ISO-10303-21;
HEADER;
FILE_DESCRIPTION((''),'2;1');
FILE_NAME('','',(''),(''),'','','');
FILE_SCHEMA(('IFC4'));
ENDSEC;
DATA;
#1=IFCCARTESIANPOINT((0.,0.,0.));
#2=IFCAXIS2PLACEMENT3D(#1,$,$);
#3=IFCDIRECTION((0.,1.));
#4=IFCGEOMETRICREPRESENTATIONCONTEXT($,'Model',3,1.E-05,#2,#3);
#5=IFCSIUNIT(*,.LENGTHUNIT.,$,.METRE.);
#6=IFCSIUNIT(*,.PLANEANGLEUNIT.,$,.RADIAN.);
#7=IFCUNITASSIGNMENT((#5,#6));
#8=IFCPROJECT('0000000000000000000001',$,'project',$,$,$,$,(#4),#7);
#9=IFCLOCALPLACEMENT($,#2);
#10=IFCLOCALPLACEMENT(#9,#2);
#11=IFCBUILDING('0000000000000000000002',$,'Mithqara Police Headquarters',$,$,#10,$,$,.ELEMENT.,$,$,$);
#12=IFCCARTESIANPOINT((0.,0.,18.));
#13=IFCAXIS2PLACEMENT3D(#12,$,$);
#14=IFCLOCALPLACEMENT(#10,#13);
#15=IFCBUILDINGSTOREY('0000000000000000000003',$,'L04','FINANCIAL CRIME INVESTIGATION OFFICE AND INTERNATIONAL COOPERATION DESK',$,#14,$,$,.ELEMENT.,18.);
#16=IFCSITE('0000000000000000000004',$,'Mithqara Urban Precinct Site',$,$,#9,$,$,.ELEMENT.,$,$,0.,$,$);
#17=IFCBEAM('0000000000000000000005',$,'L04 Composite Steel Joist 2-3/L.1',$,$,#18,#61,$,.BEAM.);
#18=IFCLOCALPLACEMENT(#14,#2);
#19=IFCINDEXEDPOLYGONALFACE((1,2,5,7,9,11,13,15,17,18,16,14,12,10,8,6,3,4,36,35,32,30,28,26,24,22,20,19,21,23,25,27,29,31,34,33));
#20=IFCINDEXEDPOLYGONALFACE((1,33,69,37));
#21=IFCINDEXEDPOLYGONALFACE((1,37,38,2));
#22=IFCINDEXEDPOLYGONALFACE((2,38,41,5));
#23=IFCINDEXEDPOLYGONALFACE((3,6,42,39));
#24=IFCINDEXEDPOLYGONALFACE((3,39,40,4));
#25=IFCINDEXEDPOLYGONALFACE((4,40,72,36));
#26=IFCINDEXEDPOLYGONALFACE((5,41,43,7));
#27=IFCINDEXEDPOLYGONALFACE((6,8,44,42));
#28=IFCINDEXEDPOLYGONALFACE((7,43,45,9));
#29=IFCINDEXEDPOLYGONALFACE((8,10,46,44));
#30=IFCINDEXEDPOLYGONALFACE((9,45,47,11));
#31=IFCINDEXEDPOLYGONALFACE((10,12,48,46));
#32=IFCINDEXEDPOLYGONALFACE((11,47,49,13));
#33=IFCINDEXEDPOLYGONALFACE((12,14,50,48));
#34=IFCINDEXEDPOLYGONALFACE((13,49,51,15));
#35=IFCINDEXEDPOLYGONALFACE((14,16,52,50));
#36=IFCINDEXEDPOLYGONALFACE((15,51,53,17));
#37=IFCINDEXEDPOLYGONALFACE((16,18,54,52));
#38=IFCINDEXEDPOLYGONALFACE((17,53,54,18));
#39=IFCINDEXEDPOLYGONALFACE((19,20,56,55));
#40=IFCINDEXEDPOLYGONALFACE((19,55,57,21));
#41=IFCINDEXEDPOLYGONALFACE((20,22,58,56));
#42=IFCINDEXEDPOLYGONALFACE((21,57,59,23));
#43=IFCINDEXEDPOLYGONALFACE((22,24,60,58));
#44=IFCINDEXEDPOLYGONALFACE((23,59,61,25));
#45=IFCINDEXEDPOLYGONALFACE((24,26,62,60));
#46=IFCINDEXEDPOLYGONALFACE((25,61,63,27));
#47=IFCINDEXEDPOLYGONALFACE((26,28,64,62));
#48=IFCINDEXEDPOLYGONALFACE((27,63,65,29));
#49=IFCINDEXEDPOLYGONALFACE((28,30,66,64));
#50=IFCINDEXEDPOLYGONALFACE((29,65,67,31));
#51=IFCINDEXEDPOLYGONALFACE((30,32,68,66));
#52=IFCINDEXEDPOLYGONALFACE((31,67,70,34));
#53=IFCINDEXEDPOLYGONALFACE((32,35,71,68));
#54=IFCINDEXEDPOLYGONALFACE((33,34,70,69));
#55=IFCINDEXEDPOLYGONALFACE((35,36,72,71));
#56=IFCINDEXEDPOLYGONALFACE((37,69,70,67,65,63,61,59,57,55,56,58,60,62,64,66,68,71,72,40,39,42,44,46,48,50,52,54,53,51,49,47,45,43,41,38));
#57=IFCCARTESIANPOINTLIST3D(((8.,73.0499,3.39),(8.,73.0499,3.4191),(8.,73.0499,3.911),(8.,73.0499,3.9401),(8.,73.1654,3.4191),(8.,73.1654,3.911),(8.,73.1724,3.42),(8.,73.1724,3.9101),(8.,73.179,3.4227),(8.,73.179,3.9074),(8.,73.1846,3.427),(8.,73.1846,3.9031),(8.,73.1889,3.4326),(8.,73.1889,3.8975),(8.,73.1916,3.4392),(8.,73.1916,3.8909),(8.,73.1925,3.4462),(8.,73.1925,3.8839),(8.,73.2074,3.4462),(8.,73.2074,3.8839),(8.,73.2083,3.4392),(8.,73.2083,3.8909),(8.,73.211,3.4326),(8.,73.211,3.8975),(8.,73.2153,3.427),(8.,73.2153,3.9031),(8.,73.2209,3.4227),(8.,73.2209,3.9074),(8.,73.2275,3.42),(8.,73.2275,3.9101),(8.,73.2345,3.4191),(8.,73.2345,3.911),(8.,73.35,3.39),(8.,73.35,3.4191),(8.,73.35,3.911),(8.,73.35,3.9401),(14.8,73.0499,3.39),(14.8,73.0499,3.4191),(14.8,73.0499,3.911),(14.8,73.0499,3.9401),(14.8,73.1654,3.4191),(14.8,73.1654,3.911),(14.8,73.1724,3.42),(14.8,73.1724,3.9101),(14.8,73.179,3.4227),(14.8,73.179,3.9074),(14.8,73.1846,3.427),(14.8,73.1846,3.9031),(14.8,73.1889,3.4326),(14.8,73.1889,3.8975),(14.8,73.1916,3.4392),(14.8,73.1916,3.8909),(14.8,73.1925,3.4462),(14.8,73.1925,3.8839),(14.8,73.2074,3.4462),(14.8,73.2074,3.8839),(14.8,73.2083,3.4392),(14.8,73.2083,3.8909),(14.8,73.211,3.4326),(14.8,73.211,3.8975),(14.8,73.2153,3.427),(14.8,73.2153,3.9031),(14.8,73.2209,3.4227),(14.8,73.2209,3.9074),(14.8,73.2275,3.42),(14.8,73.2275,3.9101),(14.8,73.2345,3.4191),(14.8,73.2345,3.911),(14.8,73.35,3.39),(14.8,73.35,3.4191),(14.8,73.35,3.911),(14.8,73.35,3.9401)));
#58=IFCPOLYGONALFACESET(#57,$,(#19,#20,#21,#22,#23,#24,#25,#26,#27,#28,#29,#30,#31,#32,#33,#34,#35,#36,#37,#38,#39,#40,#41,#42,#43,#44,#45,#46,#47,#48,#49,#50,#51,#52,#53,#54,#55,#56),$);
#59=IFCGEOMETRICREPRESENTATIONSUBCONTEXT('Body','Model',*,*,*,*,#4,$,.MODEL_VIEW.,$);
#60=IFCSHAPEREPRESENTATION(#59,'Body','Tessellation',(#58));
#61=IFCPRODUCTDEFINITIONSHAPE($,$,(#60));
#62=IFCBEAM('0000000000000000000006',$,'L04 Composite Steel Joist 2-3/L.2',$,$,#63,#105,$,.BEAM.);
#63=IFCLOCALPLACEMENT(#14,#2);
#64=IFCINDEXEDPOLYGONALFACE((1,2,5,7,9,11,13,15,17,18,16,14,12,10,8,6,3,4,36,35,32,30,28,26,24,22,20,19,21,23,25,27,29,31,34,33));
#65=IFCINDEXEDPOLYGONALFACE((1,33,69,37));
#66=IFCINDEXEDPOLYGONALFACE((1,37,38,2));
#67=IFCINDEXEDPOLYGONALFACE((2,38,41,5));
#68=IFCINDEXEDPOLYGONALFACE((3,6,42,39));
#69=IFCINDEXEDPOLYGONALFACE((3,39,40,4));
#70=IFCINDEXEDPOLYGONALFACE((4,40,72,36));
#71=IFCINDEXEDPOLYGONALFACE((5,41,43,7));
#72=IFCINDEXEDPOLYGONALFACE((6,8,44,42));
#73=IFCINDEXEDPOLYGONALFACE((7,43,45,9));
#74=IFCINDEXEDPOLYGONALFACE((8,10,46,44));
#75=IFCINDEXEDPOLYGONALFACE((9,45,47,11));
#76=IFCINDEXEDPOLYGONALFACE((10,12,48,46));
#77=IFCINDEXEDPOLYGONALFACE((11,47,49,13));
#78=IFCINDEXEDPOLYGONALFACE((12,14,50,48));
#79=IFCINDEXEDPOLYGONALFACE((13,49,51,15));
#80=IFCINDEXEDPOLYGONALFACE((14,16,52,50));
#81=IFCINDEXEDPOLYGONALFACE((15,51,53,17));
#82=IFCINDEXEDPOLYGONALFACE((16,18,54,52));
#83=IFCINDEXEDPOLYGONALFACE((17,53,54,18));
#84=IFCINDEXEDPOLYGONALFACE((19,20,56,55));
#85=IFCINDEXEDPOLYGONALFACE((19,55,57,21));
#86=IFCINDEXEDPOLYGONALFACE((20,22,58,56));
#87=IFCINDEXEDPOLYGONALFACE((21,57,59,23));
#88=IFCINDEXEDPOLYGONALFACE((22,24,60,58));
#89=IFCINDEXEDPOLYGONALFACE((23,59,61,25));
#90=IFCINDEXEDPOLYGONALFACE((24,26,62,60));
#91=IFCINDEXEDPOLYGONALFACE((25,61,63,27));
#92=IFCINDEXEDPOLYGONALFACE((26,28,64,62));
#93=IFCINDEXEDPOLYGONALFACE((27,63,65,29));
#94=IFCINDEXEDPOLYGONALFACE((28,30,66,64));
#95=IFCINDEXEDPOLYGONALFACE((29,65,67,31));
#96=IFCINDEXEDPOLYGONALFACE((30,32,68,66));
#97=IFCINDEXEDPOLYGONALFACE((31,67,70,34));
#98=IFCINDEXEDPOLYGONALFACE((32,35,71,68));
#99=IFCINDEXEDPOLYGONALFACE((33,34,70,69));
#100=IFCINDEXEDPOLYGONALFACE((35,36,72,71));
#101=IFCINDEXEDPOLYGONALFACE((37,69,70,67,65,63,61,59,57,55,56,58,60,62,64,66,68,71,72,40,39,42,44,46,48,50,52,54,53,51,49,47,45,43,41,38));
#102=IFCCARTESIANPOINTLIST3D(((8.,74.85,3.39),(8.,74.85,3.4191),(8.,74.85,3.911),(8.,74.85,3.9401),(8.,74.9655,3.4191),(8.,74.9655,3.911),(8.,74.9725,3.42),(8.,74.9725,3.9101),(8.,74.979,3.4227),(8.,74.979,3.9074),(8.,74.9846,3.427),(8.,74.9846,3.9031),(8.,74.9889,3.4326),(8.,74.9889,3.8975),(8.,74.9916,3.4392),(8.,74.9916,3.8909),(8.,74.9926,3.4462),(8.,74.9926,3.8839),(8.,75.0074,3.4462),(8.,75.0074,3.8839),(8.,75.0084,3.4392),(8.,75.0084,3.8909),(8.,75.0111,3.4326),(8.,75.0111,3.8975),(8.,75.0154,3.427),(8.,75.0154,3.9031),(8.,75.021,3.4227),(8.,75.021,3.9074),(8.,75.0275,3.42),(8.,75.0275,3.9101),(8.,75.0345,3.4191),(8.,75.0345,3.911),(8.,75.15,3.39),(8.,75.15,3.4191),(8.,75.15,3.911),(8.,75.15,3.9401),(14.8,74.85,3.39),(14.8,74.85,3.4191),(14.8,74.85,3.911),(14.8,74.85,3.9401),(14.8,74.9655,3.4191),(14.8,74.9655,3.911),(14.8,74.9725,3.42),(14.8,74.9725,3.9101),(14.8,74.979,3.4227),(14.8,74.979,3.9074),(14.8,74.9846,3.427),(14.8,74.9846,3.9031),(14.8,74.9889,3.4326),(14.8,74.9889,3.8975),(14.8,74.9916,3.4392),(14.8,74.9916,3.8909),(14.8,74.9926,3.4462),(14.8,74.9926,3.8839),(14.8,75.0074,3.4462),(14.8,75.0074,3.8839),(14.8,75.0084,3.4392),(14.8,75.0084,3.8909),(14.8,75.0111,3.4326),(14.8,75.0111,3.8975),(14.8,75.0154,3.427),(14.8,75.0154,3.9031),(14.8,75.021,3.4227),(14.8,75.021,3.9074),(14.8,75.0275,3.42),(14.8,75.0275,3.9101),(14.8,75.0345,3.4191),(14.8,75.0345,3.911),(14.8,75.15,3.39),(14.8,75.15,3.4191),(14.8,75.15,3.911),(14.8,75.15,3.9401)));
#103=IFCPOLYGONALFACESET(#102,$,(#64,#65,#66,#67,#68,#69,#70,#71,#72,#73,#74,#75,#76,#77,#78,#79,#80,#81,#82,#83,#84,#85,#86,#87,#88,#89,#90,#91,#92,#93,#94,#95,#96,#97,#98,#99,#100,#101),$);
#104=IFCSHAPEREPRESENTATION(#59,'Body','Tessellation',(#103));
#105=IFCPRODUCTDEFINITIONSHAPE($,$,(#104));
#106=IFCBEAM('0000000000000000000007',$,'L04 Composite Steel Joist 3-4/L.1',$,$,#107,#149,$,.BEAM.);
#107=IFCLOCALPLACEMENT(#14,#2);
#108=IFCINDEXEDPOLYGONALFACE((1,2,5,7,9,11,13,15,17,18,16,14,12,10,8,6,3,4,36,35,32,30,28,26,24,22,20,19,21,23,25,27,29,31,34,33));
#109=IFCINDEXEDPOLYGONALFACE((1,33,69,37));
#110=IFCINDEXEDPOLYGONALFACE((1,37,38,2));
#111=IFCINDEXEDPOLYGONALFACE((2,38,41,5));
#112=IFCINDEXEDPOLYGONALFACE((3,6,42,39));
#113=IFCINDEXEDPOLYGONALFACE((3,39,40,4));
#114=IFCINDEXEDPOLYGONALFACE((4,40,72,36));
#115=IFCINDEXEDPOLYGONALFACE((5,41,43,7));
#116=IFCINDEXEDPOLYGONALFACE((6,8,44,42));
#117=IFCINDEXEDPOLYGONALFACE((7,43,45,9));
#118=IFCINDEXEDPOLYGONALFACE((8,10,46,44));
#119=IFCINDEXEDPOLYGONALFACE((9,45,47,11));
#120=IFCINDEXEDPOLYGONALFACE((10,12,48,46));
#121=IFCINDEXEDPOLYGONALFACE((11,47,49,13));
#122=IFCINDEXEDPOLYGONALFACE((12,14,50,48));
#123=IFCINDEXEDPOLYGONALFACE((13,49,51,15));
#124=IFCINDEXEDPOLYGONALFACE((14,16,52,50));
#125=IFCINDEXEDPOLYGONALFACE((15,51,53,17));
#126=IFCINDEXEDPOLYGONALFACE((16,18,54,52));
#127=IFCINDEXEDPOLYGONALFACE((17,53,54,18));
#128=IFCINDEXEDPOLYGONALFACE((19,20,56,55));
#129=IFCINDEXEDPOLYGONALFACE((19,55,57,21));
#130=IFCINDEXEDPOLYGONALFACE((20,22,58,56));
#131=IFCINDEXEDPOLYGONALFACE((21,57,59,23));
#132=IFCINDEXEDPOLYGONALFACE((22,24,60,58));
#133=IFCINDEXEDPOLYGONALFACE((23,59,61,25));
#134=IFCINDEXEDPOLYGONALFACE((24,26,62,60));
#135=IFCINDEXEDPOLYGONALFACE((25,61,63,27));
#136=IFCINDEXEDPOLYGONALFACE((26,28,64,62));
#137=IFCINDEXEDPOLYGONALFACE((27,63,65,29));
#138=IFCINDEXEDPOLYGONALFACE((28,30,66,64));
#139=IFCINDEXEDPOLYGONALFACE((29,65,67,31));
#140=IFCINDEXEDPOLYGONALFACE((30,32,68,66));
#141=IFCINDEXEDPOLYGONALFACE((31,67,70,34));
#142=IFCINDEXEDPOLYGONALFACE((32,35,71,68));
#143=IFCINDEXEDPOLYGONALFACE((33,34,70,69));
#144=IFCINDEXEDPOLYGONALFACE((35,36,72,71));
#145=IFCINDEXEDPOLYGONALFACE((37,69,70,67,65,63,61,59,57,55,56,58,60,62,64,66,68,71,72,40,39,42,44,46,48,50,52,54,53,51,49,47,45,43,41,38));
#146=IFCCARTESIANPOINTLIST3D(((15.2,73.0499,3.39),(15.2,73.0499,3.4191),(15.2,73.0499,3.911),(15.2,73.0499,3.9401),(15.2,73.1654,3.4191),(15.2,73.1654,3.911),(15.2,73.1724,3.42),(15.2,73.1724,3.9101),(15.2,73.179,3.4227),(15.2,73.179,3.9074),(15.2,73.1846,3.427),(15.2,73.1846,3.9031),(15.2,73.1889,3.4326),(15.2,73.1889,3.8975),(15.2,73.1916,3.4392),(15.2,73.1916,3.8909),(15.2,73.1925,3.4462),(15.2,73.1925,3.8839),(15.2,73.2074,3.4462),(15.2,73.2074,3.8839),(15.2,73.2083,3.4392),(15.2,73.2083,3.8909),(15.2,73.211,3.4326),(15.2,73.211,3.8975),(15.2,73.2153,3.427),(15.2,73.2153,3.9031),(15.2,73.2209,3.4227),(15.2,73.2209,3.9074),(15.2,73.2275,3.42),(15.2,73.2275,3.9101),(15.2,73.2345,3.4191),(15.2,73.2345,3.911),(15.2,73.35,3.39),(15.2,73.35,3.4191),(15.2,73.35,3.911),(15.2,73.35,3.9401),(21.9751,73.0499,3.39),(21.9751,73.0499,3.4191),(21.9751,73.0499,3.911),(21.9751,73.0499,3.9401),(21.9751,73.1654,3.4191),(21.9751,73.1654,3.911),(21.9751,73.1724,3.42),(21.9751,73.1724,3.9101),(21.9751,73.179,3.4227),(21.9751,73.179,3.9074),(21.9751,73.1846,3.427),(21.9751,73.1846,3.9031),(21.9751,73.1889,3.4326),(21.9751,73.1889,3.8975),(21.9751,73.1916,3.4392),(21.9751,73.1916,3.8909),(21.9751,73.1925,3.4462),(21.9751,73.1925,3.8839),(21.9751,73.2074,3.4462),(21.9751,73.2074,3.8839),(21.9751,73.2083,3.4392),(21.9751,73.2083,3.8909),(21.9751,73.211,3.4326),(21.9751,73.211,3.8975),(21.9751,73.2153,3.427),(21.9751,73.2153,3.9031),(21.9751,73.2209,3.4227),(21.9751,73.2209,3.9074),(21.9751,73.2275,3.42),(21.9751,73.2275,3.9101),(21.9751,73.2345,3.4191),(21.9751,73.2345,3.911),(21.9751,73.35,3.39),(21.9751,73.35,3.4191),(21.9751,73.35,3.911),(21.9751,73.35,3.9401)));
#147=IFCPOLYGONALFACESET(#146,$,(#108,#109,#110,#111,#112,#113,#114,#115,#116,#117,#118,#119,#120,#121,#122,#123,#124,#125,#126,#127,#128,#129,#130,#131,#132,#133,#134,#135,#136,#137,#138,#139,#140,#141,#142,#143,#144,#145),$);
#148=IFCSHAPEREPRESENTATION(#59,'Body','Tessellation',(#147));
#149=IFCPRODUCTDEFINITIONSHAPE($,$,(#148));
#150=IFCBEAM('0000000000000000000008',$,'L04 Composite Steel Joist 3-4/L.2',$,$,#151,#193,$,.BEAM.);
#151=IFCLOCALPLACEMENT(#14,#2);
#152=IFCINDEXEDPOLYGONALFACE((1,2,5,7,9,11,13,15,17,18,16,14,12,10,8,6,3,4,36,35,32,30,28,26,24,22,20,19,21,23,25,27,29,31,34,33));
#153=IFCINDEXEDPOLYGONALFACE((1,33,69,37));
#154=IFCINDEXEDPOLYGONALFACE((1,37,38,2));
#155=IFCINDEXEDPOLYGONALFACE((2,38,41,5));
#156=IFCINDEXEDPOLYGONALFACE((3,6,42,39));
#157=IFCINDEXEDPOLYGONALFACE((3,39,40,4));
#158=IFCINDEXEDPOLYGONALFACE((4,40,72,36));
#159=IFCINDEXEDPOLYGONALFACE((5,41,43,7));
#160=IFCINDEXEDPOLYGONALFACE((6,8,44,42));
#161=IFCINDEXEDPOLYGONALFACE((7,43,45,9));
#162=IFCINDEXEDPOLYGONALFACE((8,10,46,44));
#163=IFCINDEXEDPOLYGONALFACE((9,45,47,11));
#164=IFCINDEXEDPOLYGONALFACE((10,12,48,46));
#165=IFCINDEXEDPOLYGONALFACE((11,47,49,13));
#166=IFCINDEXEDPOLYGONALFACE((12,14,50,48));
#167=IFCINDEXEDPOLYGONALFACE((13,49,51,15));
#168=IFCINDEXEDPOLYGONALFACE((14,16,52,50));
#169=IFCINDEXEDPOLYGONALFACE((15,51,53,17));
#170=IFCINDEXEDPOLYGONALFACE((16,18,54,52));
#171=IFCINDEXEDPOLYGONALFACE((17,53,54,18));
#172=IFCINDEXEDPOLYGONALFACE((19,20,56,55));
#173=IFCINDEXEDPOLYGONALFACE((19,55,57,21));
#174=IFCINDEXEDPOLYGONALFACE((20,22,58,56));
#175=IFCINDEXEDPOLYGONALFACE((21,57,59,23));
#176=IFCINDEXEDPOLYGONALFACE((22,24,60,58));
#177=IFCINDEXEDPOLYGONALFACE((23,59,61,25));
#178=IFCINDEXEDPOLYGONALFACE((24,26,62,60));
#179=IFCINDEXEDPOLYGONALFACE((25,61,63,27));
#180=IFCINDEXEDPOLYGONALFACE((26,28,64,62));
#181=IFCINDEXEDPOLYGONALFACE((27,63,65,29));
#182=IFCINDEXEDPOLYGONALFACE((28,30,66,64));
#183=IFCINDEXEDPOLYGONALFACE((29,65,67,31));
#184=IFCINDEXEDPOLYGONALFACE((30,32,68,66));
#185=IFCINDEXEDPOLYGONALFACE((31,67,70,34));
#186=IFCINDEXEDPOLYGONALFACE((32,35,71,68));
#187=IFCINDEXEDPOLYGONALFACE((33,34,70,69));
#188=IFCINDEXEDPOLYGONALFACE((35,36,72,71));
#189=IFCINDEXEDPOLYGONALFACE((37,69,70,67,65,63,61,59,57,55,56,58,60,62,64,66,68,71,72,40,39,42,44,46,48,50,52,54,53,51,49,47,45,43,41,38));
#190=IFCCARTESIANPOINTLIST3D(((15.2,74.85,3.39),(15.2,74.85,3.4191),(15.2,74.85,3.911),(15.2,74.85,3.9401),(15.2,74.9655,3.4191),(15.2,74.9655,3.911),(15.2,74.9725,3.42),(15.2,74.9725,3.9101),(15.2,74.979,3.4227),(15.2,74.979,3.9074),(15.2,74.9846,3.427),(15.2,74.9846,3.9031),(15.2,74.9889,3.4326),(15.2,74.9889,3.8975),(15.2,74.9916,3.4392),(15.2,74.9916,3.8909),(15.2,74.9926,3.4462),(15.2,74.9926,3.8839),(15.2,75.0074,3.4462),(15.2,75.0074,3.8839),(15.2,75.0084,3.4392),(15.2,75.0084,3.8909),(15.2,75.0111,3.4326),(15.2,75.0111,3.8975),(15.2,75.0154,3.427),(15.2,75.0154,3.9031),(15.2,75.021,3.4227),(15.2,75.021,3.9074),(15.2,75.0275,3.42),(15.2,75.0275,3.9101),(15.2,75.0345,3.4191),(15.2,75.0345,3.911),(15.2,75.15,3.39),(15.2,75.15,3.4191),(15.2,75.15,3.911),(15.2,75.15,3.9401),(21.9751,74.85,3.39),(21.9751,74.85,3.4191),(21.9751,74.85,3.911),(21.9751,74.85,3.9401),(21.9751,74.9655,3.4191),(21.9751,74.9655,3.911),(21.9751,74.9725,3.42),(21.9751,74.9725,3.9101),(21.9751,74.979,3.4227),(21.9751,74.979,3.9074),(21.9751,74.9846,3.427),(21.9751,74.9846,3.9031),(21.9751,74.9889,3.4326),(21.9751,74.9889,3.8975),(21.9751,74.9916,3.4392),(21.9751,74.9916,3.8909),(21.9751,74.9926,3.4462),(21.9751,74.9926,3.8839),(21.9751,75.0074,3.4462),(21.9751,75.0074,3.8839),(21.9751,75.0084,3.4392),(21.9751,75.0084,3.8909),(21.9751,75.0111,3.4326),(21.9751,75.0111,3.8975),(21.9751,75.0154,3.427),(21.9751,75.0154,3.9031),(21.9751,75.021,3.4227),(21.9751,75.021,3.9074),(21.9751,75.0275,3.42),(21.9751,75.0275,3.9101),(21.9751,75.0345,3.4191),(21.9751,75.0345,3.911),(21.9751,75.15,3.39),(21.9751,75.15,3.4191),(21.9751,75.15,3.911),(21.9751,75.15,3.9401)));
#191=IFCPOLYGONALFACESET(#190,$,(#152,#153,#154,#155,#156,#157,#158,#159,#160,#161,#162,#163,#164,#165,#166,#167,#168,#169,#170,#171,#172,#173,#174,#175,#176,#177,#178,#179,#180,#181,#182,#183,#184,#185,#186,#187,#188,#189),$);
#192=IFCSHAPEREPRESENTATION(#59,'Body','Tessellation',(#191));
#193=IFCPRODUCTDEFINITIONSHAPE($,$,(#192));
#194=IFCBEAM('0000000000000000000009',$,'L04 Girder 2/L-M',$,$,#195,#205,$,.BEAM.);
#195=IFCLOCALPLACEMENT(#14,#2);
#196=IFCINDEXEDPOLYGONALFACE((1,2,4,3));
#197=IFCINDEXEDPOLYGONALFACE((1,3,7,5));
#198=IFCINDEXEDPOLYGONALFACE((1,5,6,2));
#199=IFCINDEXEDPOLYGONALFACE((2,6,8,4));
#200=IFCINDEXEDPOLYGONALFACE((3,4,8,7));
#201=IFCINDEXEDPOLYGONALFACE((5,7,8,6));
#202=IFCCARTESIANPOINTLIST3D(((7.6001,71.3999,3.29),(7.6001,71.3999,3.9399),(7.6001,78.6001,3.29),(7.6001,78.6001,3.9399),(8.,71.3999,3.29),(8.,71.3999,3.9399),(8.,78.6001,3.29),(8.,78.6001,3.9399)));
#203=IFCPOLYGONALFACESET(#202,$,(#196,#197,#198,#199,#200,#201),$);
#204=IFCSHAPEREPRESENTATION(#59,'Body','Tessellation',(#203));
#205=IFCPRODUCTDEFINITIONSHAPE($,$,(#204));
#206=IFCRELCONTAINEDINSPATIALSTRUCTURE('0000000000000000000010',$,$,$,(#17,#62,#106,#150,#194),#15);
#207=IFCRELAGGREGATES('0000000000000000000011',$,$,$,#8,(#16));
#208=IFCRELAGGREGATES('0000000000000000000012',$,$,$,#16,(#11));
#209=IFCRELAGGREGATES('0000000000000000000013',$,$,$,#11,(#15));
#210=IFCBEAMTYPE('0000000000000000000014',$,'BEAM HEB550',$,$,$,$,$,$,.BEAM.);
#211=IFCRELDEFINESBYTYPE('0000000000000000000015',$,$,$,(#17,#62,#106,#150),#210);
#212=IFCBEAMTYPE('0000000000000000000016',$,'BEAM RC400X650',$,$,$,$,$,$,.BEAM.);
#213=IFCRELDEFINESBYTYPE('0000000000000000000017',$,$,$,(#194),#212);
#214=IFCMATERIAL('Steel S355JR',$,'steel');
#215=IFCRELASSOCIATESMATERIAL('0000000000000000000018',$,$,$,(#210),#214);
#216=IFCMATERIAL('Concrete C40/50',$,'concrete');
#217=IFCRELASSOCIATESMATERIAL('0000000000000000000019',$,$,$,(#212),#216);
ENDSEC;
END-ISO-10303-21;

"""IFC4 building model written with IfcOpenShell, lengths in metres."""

from ifc_helpers import new_model, si_unit, direction, frame, origin, origin_2d, place, context, subcontext, project, spatial, rectangle, i_section, extrude, material, material_profile, profile_set, type_object, element, save


model = new_model("IFC4")

# Units and contexts
model_context = context("Model", 3, precision=1e-05, world=origin(), true_north=direction((0.0, 1.0)))
body_context = subcontext(model_context, "Body", "Model", "MODEL_VIEW")
ifc_project = project(units=[si_unit("LENGTHUNIT", "METRE"), si_unit("PLANEANGLEUNIT", "RADIAN")], contexts=[model_context])

# Site, building, storey
site_placement = place(None, origin())
site = spatial("IfcSite", under=ifc_project, at=site_placement, Name="Mithqara Urban Precinct Site", CompositionType="ELEMENT", RefElevation=0.0)
building_placement = place(site_placement, origin())
building = spatial("IfcBuilding", under=site, at=building_placement, Name="Mithqara Police Headquarters", CompositionType="ELEMENT")
storey_placement = place(building_placement, frame((0.0, 0.0, 18.0)))
storey = spatial("IfcBuildingStorey", under=building, at=storey_placement, Name="L04", Description="FINANCIAL CRIME INVESTIGATION OFFICE AND INTERNATIONAL COOPERATION DESK", CompositionType="ELEMENT", Elevation=18.0)

# Beams
ifc_material_1 = material(Name="Steel S355JR", Category="steel")
ifc_material_profile_1 = material_profile(ifc_material_1, i_section(OverallWidth=0.3, OverallDepth=0.55, WebThickness=0.0149, FlangeThickness=0.0291, FilletRadius=0.0271, at=origin_2d()), Name="HEB 550")
ifc_profile_set_1 = profile_set([ifc_material_profile_1], Name="Steel S355JR")
beam_type_1 = type_object("IfcBeamType", Name="BEAM HEB550", PredefinedType="BEAM", material=ifc_profile_set_1)
for number, where, z_axis, x_axis, name in (
    (1, (8.0, 73.2, 3.665), (1.0, 0.0, 0.0), (0.0, 1.0, 0.0), "L04 Composite Steel Joist 2-3/L.1"),
    (2, (8.0, 75.0, 3.665), (1.0, 0.0, 0.0), (0.0, 1.0, 0.0), "L04 Composite Steel Joist 2-3/L.2"),
):
    element("IfcBeam", number, at=place(storey_placement, frame(where, z_axis=z_axis, x_axis=x_axis)), inside=storey, type_object=beam_type_1, Name=name, PredefinedType="BEAM", context=body_context, shape_type="SweptSolid", body=[
        extrude(i_section(OverallWidth=0.3, OverallDepth=0.55, WebThickness=0.0149, FlangeThickness=0.0291, FilletRadius=0.0271, at=origin_2d()), origin(), (0.0, 0.0, 1.0), 6.8),
    ])
for number, where, z_axis, x_axis, name in (
    (3, (15.2, 73.2, 3.665), (1.0, 0.0, 0.0), (0.0, 1.0, 0.0), "L04 Composite Steel Joist 3-4/L.1"),
    (4, (15.2, 75.0, 3.665), (1.0, 0.0, 0.0), (0.0, 1.0, 0.0), "L04 Composite Steel Joist 3-4/L.2"),
):
    element("IfcBeam", number, at=place(storey_placement, frame(where, z_axis=z_axis, x_axis=x_axis)), inside=storey, type_object=beam_type_1, Name=name, PredefinedType="BEAM", context=body_context, shape_type="SweptSolid", body=[
        extrude(i_section(OverallWidth=0.3, OverallDepth=0.55, WebThickness=0.0149, FlangeThickness=0.0291, FilletRadius=0.0271, at=origin_2d()), origin(), (0.0, 0.0, 1.0), 6.7751),
    ])
ifc_material_2 = material(Name="Concrete C40/50", Category="concrete")
ifc_material_profile_2 = material_profile(ifc_material_2, rectangle(XDim=0.3999, YDim=0.6499, at=origin_2d()), Name="RC 400x650")
ifc_profile_set_2 = profile_set([ifc_material_profile_2], Name="Concrete C40/50")
beam_type_2 = type_object("IfcBeamType", Name="BEAM RC400X650", PredefinedType="BEAM", material=ifc_profile_set_2)
beam_1_placement = place(storey_placement, frame((7.8, 71.3999, 3.615), z_axis=(0.0, 1.0, 0.0), x_axis=(-1.0, 0.0, 0.0)))
element("IfcBeam", 5, at=beam_1_placement, inside=storey, type_object=beam_type_2, Name="L04 Girder 2/L-M", PredefinedType="BEAM", context=body_context, shape_type="SweptSolid", body=[
    extrude(rectangle(XDim=0.3999, YDim=0.6499, at=origin_2d()), origin(), (0.0, 0.0, 1.0), 7.2002),
])

save(model, "model.ifc")
